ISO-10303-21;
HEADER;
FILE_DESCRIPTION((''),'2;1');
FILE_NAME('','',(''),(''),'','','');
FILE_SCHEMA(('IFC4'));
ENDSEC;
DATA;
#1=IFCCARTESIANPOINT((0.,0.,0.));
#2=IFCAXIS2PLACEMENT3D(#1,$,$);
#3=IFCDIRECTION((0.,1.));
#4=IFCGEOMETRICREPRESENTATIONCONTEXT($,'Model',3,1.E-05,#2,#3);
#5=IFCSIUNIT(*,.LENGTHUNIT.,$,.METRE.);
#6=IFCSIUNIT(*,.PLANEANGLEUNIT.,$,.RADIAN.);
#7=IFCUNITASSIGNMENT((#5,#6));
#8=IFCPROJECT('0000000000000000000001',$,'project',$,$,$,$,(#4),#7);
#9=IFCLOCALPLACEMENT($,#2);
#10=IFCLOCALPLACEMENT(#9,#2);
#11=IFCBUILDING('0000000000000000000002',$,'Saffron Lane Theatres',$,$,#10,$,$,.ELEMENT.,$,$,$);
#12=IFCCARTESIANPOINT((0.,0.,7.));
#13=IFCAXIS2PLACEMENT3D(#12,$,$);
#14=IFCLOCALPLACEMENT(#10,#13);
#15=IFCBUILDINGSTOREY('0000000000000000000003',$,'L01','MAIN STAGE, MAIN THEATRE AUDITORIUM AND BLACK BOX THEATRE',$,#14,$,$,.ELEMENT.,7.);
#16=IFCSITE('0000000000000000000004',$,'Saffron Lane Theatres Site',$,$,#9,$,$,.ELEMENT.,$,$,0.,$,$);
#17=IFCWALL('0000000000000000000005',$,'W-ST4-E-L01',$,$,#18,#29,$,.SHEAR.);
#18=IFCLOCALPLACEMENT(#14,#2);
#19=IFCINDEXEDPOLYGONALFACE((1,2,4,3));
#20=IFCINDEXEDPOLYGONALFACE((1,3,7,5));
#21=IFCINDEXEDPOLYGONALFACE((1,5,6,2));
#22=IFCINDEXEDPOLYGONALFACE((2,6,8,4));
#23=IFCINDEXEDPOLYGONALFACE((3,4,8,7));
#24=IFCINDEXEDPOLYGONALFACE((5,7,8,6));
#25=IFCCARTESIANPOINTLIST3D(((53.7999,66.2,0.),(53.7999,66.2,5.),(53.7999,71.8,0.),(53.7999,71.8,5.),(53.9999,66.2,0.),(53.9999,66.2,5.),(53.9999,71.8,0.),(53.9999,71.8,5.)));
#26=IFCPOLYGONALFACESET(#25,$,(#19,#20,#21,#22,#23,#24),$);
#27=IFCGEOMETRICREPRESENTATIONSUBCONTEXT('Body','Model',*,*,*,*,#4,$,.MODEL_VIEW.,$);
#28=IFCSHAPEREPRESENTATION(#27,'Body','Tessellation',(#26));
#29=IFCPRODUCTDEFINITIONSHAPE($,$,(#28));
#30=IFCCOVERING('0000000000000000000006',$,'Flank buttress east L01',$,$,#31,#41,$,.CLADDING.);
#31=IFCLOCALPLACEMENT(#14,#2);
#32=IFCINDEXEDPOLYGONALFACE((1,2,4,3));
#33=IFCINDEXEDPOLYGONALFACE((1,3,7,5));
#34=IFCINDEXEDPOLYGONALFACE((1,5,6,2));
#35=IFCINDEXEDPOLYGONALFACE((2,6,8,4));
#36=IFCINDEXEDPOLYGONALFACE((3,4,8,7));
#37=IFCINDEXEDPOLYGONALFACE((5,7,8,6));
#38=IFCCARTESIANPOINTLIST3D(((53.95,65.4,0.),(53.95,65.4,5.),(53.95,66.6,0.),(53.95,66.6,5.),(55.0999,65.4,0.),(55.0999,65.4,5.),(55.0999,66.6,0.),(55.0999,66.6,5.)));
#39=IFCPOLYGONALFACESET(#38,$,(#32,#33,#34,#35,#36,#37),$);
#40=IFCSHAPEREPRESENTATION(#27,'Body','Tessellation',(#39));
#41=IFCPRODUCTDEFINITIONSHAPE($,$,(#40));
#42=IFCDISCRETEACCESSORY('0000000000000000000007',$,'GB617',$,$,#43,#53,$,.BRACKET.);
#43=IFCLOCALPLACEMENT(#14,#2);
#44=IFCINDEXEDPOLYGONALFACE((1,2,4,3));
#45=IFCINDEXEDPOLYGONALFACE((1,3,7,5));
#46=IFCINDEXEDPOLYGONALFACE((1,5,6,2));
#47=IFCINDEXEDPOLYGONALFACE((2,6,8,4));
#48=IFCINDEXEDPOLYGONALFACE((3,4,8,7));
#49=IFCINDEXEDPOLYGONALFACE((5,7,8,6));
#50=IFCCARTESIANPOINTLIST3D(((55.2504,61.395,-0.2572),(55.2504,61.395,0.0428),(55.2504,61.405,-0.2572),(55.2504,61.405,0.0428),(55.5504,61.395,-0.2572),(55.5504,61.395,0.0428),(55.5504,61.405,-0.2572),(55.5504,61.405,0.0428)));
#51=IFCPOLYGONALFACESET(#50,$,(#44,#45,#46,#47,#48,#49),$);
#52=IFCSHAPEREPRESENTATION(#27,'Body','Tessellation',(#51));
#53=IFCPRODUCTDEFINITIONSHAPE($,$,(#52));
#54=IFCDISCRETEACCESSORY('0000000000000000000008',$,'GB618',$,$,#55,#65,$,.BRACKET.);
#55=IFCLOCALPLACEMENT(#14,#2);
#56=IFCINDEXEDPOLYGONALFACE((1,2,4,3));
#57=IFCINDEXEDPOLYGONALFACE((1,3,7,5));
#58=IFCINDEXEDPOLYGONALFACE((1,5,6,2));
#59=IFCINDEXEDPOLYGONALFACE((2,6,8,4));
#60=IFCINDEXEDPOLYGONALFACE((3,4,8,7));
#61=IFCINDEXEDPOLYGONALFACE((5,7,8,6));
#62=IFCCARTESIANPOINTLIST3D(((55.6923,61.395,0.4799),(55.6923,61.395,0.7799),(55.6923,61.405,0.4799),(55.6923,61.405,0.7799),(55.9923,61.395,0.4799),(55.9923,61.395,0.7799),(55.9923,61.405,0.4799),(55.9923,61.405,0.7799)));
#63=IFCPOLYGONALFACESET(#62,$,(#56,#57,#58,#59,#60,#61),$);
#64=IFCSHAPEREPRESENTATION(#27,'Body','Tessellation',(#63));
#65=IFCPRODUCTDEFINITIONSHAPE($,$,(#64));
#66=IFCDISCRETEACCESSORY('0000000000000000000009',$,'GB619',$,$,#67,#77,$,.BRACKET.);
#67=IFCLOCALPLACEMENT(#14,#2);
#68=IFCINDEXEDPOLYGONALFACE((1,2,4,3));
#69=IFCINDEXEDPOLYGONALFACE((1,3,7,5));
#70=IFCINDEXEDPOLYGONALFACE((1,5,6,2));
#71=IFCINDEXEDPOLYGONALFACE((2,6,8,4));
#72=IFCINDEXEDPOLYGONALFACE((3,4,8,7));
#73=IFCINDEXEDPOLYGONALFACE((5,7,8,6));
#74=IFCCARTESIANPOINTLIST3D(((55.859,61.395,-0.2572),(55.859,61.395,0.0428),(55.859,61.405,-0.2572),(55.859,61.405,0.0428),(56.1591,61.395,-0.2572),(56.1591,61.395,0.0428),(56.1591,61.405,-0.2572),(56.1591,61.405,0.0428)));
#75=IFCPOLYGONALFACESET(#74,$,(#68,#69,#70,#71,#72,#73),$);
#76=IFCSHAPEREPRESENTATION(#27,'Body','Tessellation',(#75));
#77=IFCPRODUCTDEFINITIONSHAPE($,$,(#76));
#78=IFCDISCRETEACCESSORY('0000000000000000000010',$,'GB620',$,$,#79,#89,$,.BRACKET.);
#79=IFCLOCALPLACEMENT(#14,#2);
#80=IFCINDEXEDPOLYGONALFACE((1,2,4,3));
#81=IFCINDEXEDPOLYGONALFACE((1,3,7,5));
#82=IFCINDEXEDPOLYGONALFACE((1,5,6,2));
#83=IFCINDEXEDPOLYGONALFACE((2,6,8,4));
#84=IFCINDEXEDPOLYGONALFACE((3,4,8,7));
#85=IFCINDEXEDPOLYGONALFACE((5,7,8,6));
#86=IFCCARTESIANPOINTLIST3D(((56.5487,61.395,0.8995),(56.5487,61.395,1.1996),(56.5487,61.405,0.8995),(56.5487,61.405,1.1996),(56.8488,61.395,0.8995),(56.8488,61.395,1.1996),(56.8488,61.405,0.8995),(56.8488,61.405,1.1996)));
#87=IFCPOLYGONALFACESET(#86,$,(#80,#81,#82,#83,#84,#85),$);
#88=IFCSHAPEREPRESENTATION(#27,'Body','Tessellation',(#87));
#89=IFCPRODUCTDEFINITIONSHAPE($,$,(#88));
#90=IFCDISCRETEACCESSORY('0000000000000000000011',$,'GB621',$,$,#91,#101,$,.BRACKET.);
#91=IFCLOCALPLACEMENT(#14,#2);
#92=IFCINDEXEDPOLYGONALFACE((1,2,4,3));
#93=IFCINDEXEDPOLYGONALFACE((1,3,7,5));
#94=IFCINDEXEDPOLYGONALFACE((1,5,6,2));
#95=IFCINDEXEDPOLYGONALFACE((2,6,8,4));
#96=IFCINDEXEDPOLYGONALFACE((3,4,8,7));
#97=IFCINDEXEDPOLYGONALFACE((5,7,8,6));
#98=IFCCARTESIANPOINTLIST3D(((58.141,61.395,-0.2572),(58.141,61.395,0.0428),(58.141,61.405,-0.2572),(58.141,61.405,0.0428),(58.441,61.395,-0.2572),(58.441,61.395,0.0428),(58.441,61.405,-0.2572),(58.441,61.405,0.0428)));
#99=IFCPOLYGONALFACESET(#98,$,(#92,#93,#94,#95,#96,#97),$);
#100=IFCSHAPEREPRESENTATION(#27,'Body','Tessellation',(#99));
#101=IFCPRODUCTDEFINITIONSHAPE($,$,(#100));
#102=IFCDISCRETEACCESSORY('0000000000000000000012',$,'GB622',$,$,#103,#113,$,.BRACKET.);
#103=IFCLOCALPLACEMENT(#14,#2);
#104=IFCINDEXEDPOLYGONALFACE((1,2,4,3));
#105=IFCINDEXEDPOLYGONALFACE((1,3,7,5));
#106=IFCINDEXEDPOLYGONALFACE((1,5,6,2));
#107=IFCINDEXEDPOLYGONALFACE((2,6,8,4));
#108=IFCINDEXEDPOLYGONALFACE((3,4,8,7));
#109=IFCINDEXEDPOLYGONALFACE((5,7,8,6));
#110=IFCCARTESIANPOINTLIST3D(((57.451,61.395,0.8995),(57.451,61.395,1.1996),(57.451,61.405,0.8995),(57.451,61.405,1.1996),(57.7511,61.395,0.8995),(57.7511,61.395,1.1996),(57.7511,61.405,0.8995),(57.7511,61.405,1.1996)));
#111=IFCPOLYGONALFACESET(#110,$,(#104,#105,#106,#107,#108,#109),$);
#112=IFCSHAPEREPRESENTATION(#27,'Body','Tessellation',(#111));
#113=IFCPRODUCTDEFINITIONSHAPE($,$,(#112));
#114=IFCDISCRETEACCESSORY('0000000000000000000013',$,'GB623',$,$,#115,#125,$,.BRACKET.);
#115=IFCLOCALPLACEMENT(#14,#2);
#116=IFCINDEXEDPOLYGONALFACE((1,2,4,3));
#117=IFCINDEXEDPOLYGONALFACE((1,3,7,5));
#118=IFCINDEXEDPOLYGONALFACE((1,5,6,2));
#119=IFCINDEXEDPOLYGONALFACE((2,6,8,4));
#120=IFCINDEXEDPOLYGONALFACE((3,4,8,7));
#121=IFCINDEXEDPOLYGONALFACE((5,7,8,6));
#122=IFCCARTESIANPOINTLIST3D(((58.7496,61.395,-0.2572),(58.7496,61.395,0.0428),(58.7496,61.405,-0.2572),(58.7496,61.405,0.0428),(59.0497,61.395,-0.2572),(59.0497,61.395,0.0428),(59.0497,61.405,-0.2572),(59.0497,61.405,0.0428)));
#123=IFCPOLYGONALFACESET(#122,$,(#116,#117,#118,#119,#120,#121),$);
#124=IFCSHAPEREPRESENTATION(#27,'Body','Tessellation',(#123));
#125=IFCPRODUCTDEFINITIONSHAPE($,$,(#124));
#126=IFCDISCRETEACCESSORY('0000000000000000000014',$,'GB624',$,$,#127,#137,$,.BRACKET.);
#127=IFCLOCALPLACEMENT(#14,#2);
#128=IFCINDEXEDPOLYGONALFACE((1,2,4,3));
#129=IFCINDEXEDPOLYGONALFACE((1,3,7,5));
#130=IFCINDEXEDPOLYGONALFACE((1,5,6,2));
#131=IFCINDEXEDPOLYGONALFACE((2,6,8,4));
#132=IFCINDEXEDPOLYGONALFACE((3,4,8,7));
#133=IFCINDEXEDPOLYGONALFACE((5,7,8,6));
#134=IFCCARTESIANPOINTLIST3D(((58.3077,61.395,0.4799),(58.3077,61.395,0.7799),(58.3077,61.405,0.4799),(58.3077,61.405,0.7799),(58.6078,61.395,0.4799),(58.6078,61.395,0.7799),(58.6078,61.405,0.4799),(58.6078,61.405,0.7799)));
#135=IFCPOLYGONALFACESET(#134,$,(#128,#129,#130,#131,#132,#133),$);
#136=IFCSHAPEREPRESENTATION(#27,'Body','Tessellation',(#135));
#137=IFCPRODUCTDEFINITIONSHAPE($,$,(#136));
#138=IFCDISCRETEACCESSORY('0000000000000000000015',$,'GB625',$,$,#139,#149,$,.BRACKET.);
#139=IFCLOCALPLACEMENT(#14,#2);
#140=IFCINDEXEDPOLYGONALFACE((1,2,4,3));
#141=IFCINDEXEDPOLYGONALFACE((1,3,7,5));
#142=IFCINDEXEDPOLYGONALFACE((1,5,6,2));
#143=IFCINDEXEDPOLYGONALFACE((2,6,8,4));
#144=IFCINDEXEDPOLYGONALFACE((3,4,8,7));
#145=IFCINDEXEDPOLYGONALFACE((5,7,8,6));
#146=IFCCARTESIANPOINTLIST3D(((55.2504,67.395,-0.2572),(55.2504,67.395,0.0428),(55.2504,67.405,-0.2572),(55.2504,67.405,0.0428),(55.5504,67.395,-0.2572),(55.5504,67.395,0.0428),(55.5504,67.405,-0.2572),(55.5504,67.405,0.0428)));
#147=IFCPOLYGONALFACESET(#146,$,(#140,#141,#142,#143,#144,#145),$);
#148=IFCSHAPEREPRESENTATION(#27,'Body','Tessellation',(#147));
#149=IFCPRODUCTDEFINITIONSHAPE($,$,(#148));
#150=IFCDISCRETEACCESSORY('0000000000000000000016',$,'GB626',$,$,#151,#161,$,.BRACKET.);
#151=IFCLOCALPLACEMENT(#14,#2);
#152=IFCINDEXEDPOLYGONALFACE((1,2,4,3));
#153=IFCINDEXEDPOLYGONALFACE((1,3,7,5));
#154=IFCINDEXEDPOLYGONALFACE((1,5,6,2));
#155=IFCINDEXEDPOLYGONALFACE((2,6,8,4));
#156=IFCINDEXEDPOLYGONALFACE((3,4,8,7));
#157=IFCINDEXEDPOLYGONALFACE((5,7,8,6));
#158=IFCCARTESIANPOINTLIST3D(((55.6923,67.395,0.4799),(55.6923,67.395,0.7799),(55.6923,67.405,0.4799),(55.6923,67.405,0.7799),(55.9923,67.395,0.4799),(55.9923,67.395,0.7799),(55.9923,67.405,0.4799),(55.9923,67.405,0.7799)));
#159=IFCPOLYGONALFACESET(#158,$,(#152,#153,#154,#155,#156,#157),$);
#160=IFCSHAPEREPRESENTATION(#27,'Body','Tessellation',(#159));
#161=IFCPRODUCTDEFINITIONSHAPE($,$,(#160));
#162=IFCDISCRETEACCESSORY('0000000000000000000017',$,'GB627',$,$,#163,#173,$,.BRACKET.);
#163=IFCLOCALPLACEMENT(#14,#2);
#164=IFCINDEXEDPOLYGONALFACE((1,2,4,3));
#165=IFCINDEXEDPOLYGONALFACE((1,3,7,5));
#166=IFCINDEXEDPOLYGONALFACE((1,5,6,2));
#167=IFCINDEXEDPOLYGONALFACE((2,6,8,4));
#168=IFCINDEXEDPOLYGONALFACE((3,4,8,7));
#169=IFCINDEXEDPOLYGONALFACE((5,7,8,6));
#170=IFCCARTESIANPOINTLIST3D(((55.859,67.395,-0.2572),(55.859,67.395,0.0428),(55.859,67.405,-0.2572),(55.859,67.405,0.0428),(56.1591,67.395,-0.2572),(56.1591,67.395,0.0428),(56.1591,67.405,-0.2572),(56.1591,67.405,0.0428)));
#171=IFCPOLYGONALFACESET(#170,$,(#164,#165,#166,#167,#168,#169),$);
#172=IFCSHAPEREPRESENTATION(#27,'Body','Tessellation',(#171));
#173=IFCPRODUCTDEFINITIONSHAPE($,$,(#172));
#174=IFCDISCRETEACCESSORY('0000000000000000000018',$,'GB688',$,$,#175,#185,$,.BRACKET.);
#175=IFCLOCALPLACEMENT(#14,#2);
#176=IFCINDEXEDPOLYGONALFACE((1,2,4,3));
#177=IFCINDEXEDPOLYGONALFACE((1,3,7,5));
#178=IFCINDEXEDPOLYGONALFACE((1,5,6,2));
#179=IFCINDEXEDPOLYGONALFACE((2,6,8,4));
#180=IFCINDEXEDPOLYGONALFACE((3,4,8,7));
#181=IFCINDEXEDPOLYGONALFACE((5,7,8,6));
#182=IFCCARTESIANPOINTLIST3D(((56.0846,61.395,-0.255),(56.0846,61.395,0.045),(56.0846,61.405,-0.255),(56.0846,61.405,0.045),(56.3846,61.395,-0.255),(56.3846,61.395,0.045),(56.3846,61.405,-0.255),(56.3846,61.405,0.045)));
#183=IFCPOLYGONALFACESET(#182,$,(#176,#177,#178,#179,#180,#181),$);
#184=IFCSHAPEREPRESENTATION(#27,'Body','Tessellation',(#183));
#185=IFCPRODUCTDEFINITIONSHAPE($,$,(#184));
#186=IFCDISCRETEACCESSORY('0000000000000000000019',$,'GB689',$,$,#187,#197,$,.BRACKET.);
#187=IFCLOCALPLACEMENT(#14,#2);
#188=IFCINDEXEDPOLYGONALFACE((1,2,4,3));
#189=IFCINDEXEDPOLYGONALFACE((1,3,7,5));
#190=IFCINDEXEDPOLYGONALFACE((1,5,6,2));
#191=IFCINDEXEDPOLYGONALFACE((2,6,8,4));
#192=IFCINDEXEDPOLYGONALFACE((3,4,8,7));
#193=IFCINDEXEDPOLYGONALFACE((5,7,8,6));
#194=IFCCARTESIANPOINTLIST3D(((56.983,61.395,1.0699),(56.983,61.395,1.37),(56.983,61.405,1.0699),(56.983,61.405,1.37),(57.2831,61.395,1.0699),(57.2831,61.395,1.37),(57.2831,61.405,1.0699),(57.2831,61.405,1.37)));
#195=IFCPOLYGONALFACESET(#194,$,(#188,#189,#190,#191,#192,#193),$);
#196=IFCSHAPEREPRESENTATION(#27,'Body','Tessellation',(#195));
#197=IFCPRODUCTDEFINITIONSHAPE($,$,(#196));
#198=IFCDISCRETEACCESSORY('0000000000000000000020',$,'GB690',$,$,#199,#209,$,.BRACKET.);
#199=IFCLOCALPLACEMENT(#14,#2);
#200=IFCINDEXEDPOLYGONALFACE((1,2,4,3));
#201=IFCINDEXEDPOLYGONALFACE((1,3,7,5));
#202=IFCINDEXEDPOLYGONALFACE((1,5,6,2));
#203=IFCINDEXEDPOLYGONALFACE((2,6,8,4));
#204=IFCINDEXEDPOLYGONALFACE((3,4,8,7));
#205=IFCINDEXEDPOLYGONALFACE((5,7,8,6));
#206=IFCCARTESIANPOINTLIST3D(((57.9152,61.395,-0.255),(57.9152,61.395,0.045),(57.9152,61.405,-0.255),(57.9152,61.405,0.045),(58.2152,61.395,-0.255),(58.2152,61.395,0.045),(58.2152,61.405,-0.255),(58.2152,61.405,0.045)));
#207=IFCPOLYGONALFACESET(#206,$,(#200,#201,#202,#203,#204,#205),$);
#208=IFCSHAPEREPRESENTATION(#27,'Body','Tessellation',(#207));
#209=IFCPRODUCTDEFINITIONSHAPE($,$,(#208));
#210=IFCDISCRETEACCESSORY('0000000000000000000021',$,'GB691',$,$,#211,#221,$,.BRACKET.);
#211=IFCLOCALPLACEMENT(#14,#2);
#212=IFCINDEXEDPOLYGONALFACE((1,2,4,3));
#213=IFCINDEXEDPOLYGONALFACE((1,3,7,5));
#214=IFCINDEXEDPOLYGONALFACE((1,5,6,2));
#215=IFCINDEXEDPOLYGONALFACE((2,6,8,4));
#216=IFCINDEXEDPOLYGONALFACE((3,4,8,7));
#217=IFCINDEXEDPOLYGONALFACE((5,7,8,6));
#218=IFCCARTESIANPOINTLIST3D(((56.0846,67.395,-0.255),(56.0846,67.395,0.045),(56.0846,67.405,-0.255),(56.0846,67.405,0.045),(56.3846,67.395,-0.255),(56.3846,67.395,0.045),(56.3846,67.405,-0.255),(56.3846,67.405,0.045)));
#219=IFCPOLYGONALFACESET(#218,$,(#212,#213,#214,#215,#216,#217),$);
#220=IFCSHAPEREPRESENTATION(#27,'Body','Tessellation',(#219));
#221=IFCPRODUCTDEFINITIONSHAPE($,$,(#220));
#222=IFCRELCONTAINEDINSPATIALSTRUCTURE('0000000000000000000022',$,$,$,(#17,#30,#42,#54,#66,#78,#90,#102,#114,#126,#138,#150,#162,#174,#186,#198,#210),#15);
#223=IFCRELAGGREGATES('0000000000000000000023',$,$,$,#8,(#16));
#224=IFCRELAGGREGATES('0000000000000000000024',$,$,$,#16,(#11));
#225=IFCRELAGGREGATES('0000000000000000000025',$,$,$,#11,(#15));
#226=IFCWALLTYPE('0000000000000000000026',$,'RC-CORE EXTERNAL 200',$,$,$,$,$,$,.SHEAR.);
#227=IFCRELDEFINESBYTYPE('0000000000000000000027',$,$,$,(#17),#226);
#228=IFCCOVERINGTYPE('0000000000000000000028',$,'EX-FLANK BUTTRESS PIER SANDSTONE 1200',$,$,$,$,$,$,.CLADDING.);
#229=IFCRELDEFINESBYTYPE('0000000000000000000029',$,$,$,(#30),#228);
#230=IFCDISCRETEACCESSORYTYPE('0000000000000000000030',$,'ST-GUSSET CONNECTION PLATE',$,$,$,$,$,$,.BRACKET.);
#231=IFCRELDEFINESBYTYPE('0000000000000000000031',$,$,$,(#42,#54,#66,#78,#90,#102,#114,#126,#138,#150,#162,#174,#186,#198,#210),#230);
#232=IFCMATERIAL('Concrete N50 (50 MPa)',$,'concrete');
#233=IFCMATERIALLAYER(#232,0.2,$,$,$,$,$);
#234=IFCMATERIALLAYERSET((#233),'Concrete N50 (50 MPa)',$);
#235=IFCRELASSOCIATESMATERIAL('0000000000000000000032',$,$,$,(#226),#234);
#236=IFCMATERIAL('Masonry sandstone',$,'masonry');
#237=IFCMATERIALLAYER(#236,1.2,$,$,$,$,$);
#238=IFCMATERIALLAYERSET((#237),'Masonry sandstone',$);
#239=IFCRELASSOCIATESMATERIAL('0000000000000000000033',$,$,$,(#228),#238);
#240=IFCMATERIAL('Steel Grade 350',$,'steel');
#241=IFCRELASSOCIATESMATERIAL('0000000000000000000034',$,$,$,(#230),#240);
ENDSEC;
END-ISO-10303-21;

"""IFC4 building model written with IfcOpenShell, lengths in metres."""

from ifc_helpers import new_model, si_unit, direction, frame, frame_2d, origin, origin_2d, place, context, subcontext, project, spatial, rectangle, extrude, material, layer, layer_set, material_profile, profile_set, type_object, element, save


model = new_model("IFC4")

# Units and contexts
model_context = context("Model", 3, precision=1e-05, world=origin(), true_north=direction((0.0, 1.0)))
body_context = subcontext(model_context, "Body", "Model", "MODEL_VIEW")
ifc_project = project(units=[si_unit("LENGTHUNIT", "METRE"), si_unit("PLANEANGLEUNIT", "RADIAN")], contexts=[model_context])

# Site, building, storey
site_placement = place(None, origin())
site = spatial("IfcSite", under=ifc_project, at=site_placement, Name="Saffron Lane Theatres Site", CompositionType="ELEMENT", RefElevation=0.0)
building_placement = place(site_placement, origin())
building = spatial("IfcBuilding", under=site, at=building_placement, Name="Saffron Lane Theatres", CompositionType="ELEMENT")
storey_placement = place(building_placement, frame((0.0, 0.0, 7.0)))
storey = spatial("IfcBuildingStorey", under=building, at=storey_placement, Name="L01", Description="MAIN STAGE, MAIN THEATRE AUDITORIUM AND BLACK BOX THEATRE", CompositionType="ELEMENT", Elevation=7.0)

# Wall
ifc_material_1 = material(Name="Concrete N50 (50 MPa)", Category="concrete")
ifc_layer_1 = layer(ifc_material_1, 0.2)
ifc_layer_set_1 = layer_set([ifc_layer_1], Name="Concrete N50 (50 MPa)")
wall_type = type_object("IfcWallType", Name="RC-CORE EXTERNAL 200", PredefinedType="SHEAR", material=ifc_layer_set_1)
wall_placement = place(storey_placement, frame((53.8999, 66.2, 0.0), z_axis=(0.0, 0.0, 1.0), x_axis=(0.0, 1.0, 0.0)))
element("IfcWall", 1, at=wall_placement, inside=storey, type_object=wall_type, Name="W-ST4-E-L01", PredefinedType="SHEAR", context=body_context, shape_type="SweptSolid", body=[
    extrude(rectangle(XDim=5.6001, YDim=0.2, at=frame_2d((2.8, 0.0))), origin(), (0.0, 0.0, 1.0), 5.0),
])

# Covering
ifc_material_2 = material(Name="Masonry sandstone", Category="masonry")
ifc_layer_2 = layer(ifc_material_2, 1.2)
ifc_layer_set_2 = layer_set([ifc_layer_2], Name="Masonry sandstone")
covering_type_1 = type_object("IfcCoveringType", Name="EX-FLANK BUTTRESS PIER SANDSTONE 1200", PredefinedType="CLADDING", material=ifc_layer_set_2)
covering_1_placement = place(storey_placement, frame((54.5249, 66.0, 0.0), z_axis=(0.0, 0.0, 1.0), x_axis=(0.0, 1.0, 0.0)))
element("IfcCovering", 2, at=covering_1_placement, inside=storey, type_object=covering_type_1, Name="Flank buttress east L01", PredefinedType="CLADDING", context=body_context, shape_type="SweptSolid", body=[
    extrude(rectangle(XDim=1.2, YDim=1.1499, at=origin_2d()), origin(), (0.0, 0.0, 1.0), 5.0),
])

# Discrete accessories
ifc_material_3 = material(Name="Steel Grade 350", Category="steel")
ifc_material_profile_1 = material_profile(ifc_material_3, rectangle(XDim=0.3, YDim=0.3, at=origin_2d()))
ifc_profile_set_1 = profile_set([ifc_material_profile_1], Name="Steel Grade 350")
discrete_accessory_type = type_object("IfcDiscreteAccessoryType", Name="ST-GUSSET CONNECTION PLATE", PredefinedType="BRACKET", material=ifc_profile_set_1)
for number, where, z_axis, x_axis, name in (
    (3, (55.4004, 61.395, -0.1072), (0.0, 1.0, 0.0), (-1.0, 0.0, 0.0), "GB617"),
    (4, (55.8423, 61.395, 0.6299), (0.0, 1.0, 0.0), (-1.0, 0.0, 0.0), "GB618"),
    (5, (56.009, 61.395, -0.1072), (0.0, 1.0, 0.0), (-1.0, 0.0, 0.0), "GB619"),
    (6, (56.6987, 61.395, 1.0496), (0.0, 1.0, 0.0), (-1.0, 0.0, 0.0), "GB620"),
    (7, (58.291, 61.395, -0.1072), (0.0, 1.0, 0.0), (-1.0, 0.0, 0.0), "GB621"),
    (8, (57.6011, 61.395, 1.0496), (0.0, 1.0, 0.0), (-1.0, 0.0, 0.0), "GB622"),
    (9, (58.8997, 61.395, -0.1072), (0.0, 1.0, 0.0), (-1.0, 0.0, 0.0), "GB623"),
    (10, (58.4578, 61.395, 0.6299), (0.0, 1.0, 0.0), (-1.0, 0.0, 0.0), "GB624"),
    (11, (55.4004, 67.395, -0.1072), (0.0, 1.0, 0.0), (-1.0, 0.0, 0.0), "GB625"),
    (12, (55.8423, 67.395, 0.6299), (0.0, 1.0, 0.0), (-1.0, 0.0, 0.0), "GB626"),
    (13, (56.009, 67.395, -0.1072), (0.0, 1.0, 0.0), (-1.0, 0.0, 0.0), "GB627"),
    (14, (56.2346, 61.395, -0.105), (0.0, 1.0, 0.0), (-1.0, 0.0, 0.0), "GB688"),
    (15, (57.1331, 61.395, 1.22), (0.0, 1.0, 0.0), (-1.0, 0.0, 0.0), "GB689"),
    (16, (58.0652, 61.395, -0.105), (0.0, 1.0, 0.0), (-1.0, 0.0, 0.0), "GB690"),
    (17, (56.2346, 67.395, -0.105), (0.0, 1.0, 0.0), (-1.0, 0.0, 0.0), "GB691"),
):
    element("IfcDiscreteAccessory", number, at=place(storey_placement, frame(where, z_axis=z_axis, x_axis=x_axis)), inside=storey, type_object=discrete_accessory_type, Name=name, PredefinedType="BRACKET", context=body_context, shape_type="SweptSolid", body=[
        extrude(rectangle(XDim=0.3, YDim=0.3, at=origin_2d()), origin(), (0.0, 0.0, 1.0), 0.01),
    ])

save(model, "model.ifc")
